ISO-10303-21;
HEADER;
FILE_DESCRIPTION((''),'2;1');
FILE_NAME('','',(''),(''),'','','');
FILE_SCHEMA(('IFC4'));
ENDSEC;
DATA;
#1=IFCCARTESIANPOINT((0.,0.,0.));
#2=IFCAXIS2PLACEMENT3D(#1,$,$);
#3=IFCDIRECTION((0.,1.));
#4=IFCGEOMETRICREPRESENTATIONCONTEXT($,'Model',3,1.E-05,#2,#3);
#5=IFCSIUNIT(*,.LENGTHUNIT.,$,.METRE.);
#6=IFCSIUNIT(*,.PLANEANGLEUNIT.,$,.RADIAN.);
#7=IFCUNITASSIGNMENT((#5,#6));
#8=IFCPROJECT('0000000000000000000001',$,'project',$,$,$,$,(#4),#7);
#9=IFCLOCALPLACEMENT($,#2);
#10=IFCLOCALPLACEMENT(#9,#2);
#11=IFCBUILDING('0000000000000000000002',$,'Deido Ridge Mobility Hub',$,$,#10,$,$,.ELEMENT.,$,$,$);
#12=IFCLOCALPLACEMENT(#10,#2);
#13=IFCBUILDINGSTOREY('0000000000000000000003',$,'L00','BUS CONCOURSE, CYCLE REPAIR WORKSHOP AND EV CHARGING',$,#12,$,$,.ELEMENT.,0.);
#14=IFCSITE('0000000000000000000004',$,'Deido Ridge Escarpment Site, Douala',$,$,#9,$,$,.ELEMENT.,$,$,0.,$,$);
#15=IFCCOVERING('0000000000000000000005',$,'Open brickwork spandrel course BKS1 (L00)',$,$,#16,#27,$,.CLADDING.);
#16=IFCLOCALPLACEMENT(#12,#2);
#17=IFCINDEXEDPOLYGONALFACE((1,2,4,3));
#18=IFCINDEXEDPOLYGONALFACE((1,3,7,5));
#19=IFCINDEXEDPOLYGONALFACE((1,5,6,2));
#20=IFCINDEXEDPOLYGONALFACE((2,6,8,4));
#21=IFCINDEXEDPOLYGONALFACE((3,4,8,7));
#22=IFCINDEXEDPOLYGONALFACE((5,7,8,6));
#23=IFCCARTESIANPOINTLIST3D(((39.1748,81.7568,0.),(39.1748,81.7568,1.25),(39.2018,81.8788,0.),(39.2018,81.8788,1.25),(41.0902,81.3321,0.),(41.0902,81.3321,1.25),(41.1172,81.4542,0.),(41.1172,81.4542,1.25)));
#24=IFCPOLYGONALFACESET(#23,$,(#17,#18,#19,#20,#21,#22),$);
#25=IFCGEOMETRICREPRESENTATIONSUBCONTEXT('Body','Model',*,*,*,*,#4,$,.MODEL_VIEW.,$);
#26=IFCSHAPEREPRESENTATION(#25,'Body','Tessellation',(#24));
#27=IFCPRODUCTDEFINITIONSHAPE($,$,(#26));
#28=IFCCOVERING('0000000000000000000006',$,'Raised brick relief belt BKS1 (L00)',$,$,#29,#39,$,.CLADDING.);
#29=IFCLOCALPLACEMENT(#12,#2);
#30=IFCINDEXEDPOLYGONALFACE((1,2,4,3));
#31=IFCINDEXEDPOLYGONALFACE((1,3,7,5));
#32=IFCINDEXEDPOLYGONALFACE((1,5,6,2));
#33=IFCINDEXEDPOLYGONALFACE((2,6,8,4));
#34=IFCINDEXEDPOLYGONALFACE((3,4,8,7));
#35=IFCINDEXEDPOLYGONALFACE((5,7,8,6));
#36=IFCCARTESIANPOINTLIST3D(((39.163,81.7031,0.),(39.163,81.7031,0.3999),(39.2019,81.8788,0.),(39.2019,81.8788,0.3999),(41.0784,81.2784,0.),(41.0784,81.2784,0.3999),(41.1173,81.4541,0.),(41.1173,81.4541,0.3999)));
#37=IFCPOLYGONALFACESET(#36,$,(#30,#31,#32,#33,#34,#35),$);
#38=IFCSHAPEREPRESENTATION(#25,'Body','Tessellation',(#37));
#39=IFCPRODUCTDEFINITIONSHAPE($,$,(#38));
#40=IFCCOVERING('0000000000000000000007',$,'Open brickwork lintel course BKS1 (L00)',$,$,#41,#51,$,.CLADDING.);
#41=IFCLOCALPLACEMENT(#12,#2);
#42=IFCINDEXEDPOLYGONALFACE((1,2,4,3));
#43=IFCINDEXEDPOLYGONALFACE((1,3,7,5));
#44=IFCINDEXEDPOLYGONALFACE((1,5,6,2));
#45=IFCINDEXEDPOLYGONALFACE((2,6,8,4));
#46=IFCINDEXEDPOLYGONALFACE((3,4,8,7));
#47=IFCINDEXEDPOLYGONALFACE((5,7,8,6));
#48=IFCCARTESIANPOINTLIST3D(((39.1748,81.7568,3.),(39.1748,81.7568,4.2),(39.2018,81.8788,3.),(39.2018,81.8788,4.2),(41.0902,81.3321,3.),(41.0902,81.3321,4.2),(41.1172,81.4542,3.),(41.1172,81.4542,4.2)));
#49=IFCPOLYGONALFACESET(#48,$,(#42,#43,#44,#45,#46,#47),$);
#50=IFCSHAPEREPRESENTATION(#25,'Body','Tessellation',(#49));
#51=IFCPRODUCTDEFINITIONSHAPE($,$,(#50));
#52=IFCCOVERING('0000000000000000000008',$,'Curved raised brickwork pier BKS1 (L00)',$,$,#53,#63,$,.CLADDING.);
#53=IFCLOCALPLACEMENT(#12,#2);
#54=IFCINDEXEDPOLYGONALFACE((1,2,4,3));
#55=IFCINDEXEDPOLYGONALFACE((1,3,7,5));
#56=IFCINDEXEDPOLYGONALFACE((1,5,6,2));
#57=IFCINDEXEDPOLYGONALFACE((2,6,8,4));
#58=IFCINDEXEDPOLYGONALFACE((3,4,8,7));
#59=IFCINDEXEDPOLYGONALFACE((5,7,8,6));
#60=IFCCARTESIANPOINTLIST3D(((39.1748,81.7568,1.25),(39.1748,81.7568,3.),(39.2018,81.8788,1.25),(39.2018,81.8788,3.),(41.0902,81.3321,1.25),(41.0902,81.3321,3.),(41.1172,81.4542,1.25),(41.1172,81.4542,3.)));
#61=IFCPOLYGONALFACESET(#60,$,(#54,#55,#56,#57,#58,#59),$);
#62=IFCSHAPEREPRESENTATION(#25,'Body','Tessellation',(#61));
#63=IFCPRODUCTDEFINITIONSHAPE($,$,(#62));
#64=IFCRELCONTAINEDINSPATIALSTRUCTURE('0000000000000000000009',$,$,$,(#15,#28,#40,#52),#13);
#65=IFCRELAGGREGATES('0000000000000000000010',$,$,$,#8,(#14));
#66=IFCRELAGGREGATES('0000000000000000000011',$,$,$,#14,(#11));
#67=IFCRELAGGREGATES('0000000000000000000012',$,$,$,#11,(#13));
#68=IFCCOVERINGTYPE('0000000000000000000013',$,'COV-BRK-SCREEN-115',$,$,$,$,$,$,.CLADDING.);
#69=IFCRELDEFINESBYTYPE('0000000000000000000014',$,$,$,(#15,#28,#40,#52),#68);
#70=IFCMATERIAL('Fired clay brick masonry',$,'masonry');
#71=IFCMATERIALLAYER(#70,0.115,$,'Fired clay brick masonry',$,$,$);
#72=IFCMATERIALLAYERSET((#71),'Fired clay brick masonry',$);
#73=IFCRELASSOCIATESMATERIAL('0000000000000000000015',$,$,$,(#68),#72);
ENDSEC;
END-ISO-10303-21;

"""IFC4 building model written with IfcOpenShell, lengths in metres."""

from ifc_helpers import new_model, si_unit, direction, frame, origin, origin_2d, place, context, subcontext, project, spatial, rectangle, extrude, material, layer, layer_set, type_object, element, save


model = new_model("IFC4")

# Units and contexts
model_context = context("Model", 3, precision=1e-05, world=origin(), true_north=direction((0.0, 1.0)))
body_context = subcontext(model_context, "Body", "Model", "MODEL_VIEW")
ifc_project = project(units=[si_unit("LENGTHUNIT", "METRE"), si_unit("PLANEANGLEUNIT", "RADIAN")], contexts=[model_context])

# Site, building, storey
site_placement = place(None, origin())
site = spatial("IfcSite", under=ifc_project, at=site_placement, Name="Deido Ridge Escarpment Site, Douala", CompositionType="ELEMENT", RefElevation=0.0)
building_placement = place(site_placement, origin())
building = spatial("IfcBuilding", under=site, at=building_placement, Name="Deido Ridge Mobility Hub", CompositionType="ELEMENT")
storey_placement = place(building_placement, origin())
storey = spatial("IfcBuildingStorey", under=building, at=storey_placement, Name="L00", Description="BUS CONCOURSE, CYCLE REPAIR WORKSHOP AND EV CHARGING", CompositionType="ELEMENT", Elevation=0.0)

# Coverings
ifc_material_1 = material(Name="Fired clay brick masonry", Category="masonry")
ifc_layer_1 = layer(ifc_material_1, 0.115, Name="Fired clay brick masonry")
ifc_layer_set_1 = layer_set([ifc_layer_1], Name="Fired clay brick masonry")
covering_type = type_object("IfcCoveringType", Name="COV-BRK-SCREEN-115", PredefinedType="CLADDING", material=ifc_layer_set_1)
covering_1_placement = place(storey_placement, frame((40.146, 81.6055, 0.0), z_axis=(0.0, 0.0, 1.0), x_axis=(0.976292, -0.216457, 0.0)))
element("IfcCovering", 1, at=covering_1_placement, inside=storey, type_object=covering_type, Name="Open brickwork spandrel course BKS1 (L00)", PredefinedType="CLADDING", context=body_context, shape_type="SweptSolid", body=[
    extrude(rectangle(XDim=1.9619, YDim=0.125, at=origin_2d()), origin(), (0.0, 0.0, 1.0), 1.25),
])
covering_2_placement = place(storey_placement, frame((40.1401, 81.5786, 0.0), z_axis=(0.0, 0.0, 1.0), x_axis=(0.976292, -0.216457, 0.0)))
element("IfcCovering", 2, at=covering_2_placement, inside=storey, type_object=covering_type, Name="Raised brick relief belt BKS1 (L00)", PredefinedType="CLADDING", context=body_context, shape_type="SweptSolid", body=[
    extrude(rectangle(XDim=1.9619, YDim=0.1799, at=origin_2d()), origin(), (0.0, 0.0, 1.0), 0.3999),
])
covering_3_placement = place(storey_placement, frame((40.146, 81.6055, 3.0), z_axis=(0.0, 0.0, 1.0), x_axis=(0.976292, -0.216457, 0.0)))
element("IfcCovering", 3, at=covering_3_placement, inside=storey, type_object=covering_type, Name="Open brickwork lintel course BKS1 (L00)", PredefinedType="CLADDING", context=body_context, shape_type="SweptSolid", body=[
    extrude(rectangle(XDim=1.9619, YDim=0.125, at=origin_2d()), origin(), (0.0, 0.0, 1.0), 1.2),
])
covering_4_placement = place(storey_placement, frame((40.146, 81.6055, 1.25), z_axis=(0.0, 0.0, 1.0), x_axis=(0.976292, -0.216457, 0.0)))
element("IfcCovering", 4, at=covering_4_placement, inside=storey, type_object=covering_type, Name="Curved raised brickwork pier BKS1 (L00)", PredefinedType="CLADDING", context=body_context, shape_type="SweptSolid", body=[
    extrude(rectangle(XDim=1.9619, YDim=0.125, at=origin_2d()), origin(), (0.0, 0.0, 1.0), 1.75),
])

save(model, "model.ifc")
